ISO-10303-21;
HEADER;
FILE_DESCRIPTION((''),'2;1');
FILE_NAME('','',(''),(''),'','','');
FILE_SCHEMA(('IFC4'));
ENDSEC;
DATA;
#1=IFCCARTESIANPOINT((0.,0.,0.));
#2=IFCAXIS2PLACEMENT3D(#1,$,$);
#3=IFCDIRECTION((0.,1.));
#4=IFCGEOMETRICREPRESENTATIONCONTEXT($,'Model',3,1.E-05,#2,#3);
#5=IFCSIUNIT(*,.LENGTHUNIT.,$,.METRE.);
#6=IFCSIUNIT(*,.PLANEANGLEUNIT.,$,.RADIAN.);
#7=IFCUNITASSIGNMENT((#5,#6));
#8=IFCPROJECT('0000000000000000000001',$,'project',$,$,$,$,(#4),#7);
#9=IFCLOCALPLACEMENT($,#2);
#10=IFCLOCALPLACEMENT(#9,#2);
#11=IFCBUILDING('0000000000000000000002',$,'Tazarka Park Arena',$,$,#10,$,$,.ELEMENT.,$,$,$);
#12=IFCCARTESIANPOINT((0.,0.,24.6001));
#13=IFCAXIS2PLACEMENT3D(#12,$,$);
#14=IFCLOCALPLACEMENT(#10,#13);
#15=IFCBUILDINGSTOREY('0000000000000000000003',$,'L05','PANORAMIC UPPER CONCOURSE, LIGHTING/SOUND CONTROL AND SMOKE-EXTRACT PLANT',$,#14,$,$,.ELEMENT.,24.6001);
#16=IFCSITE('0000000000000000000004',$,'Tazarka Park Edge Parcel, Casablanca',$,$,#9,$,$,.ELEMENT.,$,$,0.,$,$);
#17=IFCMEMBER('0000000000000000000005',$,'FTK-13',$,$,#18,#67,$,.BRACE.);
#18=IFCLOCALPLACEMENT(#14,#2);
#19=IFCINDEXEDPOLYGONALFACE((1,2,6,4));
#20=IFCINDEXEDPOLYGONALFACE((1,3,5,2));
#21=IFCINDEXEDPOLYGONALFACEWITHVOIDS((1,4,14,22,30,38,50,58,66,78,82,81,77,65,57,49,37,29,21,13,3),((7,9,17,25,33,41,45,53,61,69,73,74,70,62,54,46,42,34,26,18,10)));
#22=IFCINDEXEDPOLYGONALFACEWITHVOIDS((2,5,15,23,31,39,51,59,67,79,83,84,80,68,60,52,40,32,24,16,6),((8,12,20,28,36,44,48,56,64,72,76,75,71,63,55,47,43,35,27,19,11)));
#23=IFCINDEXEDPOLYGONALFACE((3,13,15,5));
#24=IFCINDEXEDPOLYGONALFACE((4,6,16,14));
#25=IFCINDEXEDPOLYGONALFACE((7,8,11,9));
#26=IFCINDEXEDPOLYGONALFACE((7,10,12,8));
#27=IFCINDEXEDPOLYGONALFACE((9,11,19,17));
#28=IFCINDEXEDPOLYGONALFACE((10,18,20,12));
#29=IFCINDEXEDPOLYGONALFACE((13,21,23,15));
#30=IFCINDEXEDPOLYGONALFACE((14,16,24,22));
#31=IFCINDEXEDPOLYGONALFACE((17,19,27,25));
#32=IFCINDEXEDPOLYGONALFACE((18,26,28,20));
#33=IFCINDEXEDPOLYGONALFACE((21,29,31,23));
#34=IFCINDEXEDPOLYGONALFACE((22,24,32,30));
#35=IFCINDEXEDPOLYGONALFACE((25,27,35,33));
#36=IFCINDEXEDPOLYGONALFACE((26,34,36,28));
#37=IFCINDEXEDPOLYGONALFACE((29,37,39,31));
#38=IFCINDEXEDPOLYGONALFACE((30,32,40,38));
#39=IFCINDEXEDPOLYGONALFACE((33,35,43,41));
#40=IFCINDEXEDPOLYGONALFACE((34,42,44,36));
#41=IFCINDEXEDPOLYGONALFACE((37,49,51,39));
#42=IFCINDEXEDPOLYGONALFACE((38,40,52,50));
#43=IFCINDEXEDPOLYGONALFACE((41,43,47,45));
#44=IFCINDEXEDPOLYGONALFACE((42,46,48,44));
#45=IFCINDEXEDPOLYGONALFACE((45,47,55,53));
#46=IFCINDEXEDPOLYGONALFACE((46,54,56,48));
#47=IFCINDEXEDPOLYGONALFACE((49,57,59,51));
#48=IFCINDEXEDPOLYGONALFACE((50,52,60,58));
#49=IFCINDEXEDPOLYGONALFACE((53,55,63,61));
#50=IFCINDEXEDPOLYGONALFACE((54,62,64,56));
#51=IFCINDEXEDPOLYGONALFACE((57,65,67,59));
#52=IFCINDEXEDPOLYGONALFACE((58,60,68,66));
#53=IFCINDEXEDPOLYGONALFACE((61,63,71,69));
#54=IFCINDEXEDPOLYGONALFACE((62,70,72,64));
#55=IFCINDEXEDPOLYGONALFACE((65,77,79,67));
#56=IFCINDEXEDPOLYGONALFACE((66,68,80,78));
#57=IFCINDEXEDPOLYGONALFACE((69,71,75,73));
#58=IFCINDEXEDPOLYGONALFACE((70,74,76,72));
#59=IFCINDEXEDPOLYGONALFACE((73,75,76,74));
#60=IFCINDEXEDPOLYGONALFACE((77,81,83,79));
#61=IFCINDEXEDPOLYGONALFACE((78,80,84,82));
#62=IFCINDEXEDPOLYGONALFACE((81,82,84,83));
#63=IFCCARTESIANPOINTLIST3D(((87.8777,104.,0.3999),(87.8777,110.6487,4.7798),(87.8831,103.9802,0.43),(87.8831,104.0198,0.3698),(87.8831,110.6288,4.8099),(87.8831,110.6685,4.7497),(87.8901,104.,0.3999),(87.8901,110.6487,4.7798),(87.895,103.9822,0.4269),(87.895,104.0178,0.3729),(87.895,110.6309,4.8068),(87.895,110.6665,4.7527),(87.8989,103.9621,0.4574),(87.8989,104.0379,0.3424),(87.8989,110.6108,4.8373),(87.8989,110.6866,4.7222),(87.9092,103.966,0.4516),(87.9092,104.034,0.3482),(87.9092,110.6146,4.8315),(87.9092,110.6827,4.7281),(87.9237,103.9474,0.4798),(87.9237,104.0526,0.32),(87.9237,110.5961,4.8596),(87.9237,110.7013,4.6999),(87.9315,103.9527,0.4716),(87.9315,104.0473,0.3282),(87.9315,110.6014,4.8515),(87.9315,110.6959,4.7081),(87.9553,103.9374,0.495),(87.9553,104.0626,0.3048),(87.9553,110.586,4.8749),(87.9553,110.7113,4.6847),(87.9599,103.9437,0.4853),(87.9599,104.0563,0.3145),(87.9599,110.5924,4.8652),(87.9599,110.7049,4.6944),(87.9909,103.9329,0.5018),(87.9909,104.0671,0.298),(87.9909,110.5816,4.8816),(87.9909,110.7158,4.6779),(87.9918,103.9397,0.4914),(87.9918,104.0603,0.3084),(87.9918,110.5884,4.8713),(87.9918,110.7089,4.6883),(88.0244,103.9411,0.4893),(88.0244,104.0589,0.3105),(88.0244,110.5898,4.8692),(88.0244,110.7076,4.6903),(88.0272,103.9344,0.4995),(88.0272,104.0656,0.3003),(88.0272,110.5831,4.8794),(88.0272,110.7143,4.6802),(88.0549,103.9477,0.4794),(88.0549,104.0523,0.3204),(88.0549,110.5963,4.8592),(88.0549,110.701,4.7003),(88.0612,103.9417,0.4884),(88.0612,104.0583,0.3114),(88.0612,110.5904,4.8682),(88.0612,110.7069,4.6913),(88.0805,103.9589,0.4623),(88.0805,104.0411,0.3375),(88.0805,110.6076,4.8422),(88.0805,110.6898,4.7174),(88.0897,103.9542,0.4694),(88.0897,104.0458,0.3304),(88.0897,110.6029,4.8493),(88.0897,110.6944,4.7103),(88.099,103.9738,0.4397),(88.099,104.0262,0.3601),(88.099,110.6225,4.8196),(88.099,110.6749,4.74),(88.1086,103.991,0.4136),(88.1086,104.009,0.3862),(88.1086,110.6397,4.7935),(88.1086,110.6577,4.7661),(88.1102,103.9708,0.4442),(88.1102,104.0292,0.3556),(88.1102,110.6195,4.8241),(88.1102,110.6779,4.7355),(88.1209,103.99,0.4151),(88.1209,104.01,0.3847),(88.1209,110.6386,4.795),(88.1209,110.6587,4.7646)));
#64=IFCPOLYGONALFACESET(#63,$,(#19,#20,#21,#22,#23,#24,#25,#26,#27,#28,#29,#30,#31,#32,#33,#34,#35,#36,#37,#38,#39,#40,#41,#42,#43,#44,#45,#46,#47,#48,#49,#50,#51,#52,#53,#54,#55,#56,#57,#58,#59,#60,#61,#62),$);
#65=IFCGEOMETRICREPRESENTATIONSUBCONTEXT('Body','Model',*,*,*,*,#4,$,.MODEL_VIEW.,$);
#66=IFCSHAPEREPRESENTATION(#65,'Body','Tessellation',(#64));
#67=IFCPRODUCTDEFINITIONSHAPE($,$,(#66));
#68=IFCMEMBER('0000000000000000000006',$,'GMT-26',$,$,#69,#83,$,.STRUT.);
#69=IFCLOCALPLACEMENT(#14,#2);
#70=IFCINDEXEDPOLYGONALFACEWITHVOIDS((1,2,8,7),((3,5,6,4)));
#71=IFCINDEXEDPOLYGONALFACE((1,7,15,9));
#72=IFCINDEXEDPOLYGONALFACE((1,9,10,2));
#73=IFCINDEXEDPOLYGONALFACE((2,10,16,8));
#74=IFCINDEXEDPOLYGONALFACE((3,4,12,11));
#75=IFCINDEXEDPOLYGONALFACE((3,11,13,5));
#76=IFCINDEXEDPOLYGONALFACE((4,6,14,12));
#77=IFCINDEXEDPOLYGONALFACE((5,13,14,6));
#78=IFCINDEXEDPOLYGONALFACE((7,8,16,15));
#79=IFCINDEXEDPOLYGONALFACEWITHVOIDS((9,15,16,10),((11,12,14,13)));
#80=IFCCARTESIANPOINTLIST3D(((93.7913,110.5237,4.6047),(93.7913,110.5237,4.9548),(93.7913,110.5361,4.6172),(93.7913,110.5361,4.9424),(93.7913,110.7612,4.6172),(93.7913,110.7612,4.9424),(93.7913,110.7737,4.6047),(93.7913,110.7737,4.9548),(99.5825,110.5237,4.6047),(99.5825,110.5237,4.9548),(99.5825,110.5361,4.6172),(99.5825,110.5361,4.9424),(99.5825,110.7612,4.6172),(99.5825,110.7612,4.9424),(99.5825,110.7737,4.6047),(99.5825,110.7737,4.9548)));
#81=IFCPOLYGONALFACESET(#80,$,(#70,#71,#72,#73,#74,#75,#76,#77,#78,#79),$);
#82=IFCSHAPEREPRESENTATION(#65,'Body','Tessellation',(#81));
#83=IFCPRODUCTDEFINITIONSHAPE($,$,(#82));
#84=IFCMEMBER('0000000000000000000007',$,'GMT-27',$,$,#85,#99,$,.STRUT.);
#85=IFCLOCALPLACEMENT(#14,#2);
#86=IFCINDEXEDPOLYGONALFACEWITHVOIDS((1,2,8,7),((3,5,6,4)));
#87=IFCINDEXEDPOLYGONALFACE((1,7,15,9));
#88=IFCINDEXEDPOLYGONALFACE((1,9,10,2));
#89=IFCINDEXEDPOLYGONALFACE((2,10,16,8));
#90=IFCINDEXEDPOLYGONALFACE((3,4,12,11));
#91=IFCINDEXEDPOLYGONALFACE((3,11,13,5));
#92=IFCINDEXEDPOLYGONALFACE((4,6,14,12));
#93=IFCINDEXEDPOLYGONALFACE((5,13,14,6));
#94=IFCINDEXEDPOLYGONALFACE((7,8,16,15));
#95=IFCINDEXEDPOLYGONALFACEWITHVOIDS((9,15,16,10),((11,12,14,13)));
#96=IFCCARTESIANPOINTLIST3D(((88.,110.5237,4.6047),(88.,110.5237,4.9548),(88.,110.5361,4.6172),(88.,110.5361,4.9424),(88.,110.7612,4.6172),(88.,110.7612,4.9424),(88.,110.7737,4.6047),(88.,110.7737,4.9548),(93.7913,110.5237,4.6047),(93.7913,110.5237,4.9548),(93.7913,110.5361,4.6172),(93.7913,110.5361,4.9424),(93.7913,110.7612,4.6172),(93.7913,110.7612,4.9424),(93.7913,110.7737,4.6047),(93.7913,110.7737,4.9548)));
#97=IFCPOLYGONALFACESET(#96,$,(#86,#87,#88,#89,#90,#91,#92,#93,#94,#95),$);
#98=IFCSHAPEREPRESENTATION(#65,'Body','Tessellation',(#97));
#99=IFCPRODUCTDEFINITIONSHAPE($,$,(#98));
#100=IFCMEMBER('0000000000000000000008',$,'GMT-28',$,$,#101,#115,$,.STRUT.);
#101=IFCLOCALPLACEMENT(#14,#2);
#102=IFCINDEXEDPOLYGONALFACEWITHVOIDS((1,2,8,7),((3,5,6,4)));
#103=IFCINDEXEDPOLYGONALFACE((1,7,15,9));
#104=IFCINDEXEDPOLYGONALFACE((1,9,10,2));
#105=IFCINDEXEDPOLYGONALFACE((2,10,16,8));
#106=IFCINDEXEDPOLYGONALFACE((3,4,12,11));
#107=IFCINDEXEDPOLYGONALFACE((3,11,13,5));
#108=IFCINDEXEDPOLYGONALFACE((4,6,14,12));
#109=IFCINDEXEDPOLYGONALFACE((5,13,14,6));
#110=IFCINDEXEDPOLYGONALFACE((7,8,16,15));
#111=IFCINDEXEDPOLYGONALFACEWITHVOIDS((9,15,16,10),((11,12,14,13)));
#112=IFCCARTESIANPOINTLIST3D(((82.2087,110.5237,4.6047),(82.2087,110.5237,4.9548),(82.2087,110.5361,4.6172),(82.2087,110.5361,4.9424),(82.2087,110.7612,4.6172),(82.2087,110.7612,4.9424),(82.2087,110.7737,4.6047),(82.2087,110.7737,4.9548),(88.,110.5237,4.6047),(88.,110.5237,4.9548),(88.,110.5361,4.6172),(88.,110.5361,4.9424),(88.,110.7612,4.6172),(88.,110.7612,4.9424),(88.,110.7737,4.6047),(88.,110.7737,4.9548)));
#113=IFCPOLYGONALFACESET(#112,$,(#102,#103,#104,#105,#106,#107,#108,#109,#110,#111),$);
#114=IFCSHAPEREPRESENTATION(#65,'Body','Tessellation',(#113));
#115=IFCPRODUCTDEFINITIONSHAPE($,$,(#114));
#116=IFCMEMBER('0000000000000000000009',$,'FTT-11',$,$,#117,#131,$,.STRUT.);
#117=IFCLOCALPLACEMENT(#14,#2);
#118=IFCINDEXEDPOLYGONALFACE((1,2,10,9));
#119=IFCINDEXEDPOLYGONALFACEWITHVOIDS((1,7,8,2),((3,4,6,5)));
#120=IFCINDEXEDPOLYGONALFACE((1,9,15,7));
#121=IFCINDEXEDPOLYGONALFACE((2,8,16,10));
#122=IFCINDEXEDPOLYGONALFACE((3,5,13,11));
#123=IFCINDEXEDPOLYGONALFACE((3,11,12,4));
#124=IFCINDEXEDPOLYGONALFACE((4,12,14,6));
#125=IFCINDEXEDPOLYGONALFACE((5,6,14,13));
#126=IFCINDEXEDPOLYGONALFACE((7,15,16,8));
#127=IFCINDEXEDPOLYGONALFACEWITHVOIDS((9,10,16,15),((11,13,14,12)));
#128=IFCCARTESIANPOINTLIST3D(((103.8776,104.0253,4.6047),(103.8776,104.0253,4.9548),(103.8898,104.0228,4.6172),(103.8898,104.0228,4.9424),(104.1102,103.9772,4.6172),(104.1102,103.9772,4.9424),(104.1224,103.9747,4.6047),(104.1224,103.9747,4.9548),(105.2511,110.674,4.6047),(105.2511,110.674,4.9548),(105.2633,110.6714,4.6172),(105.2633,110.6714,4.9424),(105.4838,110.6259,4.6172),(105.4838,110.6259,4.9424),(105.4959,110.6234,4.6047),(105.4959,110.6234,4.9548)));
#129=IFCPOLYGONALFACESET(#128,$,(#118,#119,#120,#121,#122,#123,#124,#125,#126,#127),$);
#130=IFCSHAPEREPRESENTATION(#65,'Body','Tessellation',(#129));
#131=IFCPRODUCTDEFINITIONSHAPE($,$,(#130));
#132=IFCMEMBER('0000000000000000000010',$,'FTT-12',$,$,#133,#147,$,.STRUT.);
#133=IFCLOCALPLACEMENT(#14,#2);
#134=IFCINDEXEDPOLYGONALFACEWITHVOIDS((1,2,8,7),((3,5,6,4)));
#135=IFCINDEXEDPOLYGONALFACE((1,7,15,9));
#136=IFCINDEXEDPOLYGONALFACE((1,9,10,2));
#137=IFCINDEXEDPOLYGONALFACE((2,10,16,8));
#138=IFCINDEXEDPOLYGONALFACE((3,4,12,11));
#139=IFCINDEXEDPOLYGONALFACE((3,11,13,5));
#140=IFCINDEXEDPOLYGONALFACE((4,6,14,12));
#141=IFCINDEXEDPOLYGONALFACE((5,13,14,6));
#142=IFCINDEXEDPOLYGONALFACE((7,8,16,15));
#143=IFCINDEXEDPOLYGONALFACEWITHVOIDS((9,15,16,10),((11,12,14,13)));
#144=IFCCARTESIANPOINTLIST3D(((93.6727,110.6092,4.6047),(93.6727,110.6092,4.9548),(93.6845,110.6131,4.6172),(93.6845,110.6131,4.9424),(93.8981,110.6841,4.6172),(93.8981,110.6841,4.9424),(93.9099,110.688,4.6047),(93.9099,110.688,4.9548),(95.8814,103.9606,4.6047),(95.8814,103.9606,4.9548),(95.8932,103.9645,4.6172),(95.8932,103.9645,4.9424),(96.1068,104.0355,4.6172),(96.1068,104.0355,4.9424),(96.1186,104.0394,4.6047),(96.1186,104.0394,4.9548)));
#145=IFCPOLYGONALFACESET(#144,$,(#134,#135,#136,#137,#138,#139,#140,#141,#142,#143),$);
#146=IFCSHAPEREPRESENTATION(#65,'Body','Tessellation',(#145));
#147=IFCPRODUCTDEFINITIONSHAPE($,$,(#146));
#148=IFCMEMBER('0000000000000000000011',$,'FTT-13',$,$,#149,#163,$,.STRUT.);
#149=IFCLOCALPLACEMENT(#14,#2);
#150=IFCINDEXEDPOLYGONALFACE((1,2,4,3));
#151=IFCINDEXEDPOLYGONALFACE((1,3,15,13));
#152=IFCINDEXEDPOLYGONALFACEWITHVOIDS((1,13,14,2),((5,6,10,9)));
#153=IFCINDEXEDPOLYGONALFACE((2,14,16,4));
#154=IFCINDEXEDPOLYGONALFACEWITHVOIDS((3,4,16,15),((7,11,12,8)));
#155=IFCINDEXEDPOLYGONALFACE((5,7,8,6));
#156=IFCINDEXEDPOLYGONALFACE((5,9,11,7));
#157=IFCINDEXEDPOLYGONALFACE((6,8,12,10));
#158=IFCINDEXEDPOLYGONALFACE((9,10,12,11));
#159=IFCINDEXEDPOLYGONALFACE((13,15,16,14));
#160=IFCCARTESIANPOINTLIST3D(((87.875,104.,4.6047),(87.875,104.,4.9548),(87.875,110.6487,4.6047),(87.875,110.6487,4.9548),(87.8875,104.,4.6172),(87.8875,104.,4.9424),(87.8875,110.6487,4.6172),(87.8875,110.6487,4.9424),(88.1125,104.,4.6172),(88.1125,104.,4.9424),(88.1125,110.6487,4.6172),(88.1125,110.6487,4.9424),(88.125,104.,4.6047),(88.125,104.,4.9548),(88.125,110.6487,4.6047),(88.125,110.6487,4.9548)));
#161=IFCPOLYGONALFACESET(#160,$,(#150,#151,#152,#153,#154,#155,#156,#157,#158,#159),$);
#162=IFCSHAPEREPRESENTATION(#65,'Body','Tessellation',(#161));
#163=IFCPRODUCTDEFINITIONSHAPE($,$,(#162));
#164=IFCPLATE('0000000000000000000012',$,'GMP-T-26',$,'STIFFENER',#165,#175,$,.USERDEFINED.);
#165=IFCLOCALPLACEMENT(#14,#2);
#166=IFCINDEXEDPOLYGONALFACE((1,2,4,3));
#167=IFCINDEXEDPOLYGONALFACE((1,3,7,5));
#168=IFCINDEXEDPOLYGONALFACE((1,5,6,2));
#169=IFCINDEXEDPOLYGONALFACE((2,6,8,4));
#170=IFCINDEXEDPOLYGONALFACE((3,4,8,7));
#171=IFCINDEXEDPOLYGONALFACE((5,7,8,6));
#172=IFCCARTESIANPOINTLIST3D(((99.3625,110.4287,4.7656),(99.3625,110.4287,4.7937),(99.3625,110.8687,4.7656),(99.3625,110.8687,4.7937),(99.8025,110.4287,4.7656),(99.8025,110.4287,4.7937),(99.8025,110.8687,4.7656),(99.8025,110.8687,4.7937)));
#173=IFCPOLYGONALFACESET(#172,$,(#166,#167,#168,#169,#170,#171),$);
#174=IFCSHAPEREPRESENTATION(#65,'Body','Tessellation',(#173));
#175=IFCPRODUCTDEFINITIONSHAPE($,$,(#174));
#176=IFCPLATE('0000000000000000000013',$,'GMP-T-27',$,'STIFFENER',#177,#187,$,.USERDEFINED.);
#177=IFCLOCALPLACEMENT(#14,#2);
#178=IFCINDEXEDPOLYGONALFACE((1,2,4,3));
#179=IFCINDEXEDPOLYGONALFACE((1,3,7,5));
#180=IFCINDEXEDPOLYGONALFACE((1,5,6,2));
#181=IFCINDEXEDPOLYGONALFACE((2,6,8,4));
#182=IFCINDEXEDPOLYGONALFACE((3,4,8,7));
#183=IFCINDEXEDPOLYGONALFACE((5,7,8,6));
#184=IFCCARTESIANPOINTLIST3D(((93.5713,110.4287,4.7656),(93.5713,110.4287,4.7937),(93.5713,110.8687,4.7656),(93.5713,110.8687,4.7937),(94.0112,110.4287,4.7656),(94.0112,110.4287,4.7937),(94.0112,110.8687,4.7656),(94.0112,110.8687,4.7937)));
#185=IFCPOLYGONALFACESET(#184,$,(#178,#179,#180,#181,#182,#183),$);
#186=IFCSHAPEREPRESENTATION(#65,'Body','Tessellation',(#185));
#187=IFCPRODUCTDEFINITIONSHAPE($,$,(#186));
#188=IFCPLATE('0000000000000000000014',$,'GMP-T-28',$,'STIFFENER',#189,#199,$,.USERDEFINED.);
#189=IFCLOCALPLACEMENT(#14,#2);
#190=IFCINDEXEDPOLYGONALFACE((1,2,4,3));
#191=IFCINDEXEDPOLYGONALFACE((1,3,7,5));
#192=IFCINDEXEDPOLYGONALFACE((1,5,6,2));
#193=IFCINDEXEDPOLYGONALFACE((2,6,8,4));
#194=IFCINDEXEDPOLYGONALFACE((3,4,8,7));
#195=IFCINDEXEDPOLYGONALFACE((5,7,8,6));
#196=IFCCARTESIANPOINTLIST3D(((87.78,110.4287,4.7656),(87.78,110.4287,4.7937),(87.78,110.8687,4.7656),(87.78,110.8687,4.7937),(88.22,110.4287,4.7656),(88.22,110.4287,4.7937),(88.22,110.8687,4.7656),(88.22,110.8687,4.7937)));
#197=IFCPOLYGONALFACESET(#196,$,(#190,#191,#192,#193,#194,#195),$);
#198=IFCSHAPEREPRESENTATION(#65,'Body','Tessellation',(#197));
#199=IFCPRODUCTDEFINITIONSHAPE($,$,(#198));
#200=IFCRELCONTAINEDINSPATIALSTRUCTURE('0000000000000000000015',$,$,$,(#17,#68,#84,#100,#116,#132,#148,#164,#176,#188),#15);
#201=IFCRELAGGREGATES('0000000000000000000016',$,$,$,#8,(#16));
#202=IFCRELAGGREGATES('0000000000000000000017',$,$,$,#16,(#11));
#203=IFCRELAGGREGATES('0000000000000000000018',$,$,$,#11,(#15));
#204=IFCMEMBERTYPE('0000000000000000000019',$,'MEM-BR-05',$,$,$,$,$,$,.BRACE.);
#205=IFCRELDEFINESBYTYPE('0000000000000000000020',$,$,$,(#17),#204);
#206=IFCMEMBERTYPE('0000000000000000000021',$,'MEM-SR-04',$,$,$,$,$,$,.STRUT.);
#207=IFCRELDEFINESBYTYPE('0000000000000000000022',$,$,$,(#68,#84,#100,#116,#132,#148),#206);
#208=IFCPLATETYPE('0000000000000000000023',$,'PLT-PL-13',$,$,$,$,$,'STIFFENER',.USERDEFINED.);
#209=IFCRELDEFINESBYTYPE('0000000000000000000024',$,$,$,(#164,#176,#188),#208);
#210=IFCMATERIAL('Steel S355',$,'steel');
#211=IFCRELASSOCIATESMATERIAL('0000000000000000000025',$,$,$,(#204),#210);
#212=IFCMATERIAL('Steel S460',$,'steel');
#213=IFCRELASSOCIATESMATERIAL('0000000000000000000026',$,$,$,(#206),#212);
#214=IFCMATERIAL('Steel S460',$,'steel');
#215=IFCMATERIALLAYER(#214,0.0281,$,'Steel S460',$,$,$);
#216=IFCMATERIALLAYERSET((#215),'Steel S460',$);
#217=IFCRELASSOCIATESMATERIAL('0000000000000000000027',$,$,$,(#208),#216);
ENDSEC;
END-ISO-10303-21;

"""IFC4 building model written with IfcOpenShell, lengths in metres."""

from ifc_helpers import new_model, si_unit, direction, frame, origin, origin_2d, place, context, subcontext, project, spatial, rectangle, hollow_rectangle, hollow_circle, extrude, material, layer, layer_set, material_profile, profile_set, type_object, element, save


model = new_model("IFC4")

# Units and contexts
model_context = context("Model", 3, precision=1e-05, world=origin(), true_north=direction((0.0, 1.0)))
body_context = subcontext(model_context, "Body", "Model", "MODEL_VIEW")
ifc_project = project(units=[si_unit("LENGTHUNIT", "METRE"), si_unit("PLANEANGLEUNIT", "RADIAN")], contexts=[model_context])

# Site, building, storey
site_placement = place(None, origin())
site = spatial("IfcSite", under=ifc_project, at=site_placement, Name="Tazarka Park Edge Parcel, Casablanca", CompositionType="ELEMENT", RefElevation=0.0)
building_placement = place(site_placement, origin())
building = spatial("IfcBuilding", under=site, at=building_placement, Name="Tazarka Park Arena", CompositionType="ELEMENT")
storey_placement = place(building_placement, frame((0.0, 0.0, 24.6001)))
storey = spatial("IfcBuildingStorey", under=building, at=storey_placement, Name="L05", Description="PANORAMIC UPPER CONCOURSE, LIGHTING/SOUND CONTROL AND SMOKE-EXTRACT PLANT", CompositionType="ELEMENT", Elevation=24.6001)

# Members
ifc_material_1 = material(Name="Steel S355", Category="steel")
ifc_material_profile_1 = material_profile(ifc_material_1, hollow_circle(Radius=0.1223, WallThickness=0.0125, at=origin_2d()), Name="Steel S355")
ifc_profile_set_1 = profile_set([ifc_material_profile_1], Name="Steel S355")
member_type_1 = type_object("IfcMemberType", Name="MEM-BR-05", PredefinedType="BRACE", material=ifc_profile_set_1)
member_1_placement = place(storey_placement, frame((88.0, 104.0, 0.3999), z_axis=(0.0, 0.835085, 0.55012), x_axis=(-1.0, 0.0, 0.0)))
element("IfcMember", 1, at=member_1_placement, inside=storey, type_object=member_type_1, Name="FTK-13", PredefinedType="BRACE", context=body_context, shape_type="SweptSolid", body=[
    extrude(hollow_circle(Radius=0.1223, WallThickness=0.0125, at=origin_2d()), origin(), (0.0, 0.0, 1.0), 7.9617),
])
ifc_material_2 = material(Name="Steel S460", Category="steel")
ifc_material_profile_2 = material_profile(ifc_material_2, hollow_rectangle(XDim=0.25, YDim=0.3501, WallThickness=0.0125, at=origin_2d()), Name="Steel S460")
ifc_profile_set_2 = profile_set([ifc_material_profile_2], Name="Steel S460")
member_type_2 = type_object("IfcMemberType", Name="MEM-SR-04", PredefinedType="STRUT", material=ifc_profile_set_2)
for number, where, z_axis, x_axis, name in (
    (2, (99.5825, 110.6487, 4.7798), (-1.0, 0.0, 0.0), (0.0, -1.0, 0.0), "GMT-26"),
    (3, (93.7913, 110.6487, 4.7798), (-1.0, 0.0, 0.0), (0.0, -1.0, 0.0), "GMT-27"),
    (4, (88.0, 110.6487, 4.7798), (-1.0, 0.0, 0.0), (0.0, -1.0, 0.0), "GMT-28"),
):
    element("IfcMember", number, at=place(storey_placement, frame(where, z_axis=z_axis, x_axis=x_axis)), inside=storey, type_object=member_type_2, Name=name, PredefinedType="STRUT", context=body_context, shape_type="SweptSolid", body=[
        extrude(hollow_rectangle(XDim=0.25, YDim=0.3501, WallThickness=0.0125, at=origin_2d()), origin(), (0.0, 0.0, 1.0), 5.7913),
    ])
member_2_placement = place(storey_placement, frame((104.0, 104.0, 4.7798), z_axis=(0.202315, 0.97932, 0.0), x_axis=(-0.97932, 0.202315, 0.0)))
element("IfcMember", 5, at=member_2_placement, inside=storey, type_object=member_type_2, Name="FTT-11", PredefinedType="STRUT", context=body_context, shape_type="SweptSolid", body=[
    extrude(hollow_rectangle(XDim=0.25, YDim=0.3501, WallThickness=0.0125, at=origin_2d()), origin(), (0.0, 0.0, 1.0), 6.7891),
])
member_3_placement = place(storey_placement, frame((96.0, 104.0, 4.7798), z_axis=(-0.315266, 0.949003, 0.0), x_axis=(-0.949003, -0.315266, 0.0)))
element("IfcMember", 6, at=member_3_placement, inside=storey, type_object=member_type_2, Name="FTT-12", PredefinedType="STRUT", context=body_context, shape_type="SweptSolid", body=[
    extrude(hollow_rectangle(XDim=0.25, YDim=0.3501, WallThickness=0.0125, at=origin_2d()), origin(), (0.0, 0.0, 1.0), 7.0059),
])
member_4_placement = place(storey_placement, frame((88.0, 104.0, 4.7798), z_axis=(0.0, 1.0, 0.0), x_axis=(-1.0, 0.0, 0.0)))
element("IfcMember", 7, at=member_4_placement, inside=storey, type_object=member_type_2, Name="FTT-13", PredefinedType="STRUT", context=body_context, shape_type="SweptSolid", body=[
    extrude(hollow_rectangle(XDim=0.25, YDim=0.3501, WallThickness=0.0125, at=origin_2d()), origin(), (0.0, 0.0, 1.0), 6.6487),
])

# Plates
ifc_material_3 = material(Name="Steel S460", Category="steel")
ifc_layer_1 = layer(ifc_material_3, 0.0281, Name="Steel S460")
ifc_layer_set_1 = layer_set([ifc_layer_1], Name="Steel S460")
plate_type = type_object("IfcPlateType", Name="PLT-PL-13", ElementType="STIFFENER", PredefinedType="USERDEFINED", material=ifc_layer_set_1)
for number, where, z_axis, x_axis, name in (
    (8, (99.5825, 110.6487, 4.7656), (0.0, 0.0, 1.0), (1.0, 0.0, 0.0), "GMP-T-26"),
    (9, (93.7913, 110.6487, 4.7656), (0.0, 0.0, 1.0), (1.0, 0.0, 0.0), "GMP-T-27"),
    (10, (88.0, 110.6487, 4.7656), (0.0, 0.0, 1.0), (1.0, 0.0, 0.0), "GMP-T-28"),
):
    element("IfcPlate", number, at=place(storey_placement, frame(where, z_axis=z_axis, x_axis=x_axis)), inside=storey, type_object=plate_type, Name=name, ObjectType="STIFFENER", PredefinedType="USERDEFINED", context=body_context, shape_type="SweptSolid", body=[
        extrude(rectangle(XDim=0.4399, YDim=0.4399, at=origin_2d()), origin(), (0.0, 0.0, 1.0), 0.0281),
    ])

save(model, "model.ifc")
